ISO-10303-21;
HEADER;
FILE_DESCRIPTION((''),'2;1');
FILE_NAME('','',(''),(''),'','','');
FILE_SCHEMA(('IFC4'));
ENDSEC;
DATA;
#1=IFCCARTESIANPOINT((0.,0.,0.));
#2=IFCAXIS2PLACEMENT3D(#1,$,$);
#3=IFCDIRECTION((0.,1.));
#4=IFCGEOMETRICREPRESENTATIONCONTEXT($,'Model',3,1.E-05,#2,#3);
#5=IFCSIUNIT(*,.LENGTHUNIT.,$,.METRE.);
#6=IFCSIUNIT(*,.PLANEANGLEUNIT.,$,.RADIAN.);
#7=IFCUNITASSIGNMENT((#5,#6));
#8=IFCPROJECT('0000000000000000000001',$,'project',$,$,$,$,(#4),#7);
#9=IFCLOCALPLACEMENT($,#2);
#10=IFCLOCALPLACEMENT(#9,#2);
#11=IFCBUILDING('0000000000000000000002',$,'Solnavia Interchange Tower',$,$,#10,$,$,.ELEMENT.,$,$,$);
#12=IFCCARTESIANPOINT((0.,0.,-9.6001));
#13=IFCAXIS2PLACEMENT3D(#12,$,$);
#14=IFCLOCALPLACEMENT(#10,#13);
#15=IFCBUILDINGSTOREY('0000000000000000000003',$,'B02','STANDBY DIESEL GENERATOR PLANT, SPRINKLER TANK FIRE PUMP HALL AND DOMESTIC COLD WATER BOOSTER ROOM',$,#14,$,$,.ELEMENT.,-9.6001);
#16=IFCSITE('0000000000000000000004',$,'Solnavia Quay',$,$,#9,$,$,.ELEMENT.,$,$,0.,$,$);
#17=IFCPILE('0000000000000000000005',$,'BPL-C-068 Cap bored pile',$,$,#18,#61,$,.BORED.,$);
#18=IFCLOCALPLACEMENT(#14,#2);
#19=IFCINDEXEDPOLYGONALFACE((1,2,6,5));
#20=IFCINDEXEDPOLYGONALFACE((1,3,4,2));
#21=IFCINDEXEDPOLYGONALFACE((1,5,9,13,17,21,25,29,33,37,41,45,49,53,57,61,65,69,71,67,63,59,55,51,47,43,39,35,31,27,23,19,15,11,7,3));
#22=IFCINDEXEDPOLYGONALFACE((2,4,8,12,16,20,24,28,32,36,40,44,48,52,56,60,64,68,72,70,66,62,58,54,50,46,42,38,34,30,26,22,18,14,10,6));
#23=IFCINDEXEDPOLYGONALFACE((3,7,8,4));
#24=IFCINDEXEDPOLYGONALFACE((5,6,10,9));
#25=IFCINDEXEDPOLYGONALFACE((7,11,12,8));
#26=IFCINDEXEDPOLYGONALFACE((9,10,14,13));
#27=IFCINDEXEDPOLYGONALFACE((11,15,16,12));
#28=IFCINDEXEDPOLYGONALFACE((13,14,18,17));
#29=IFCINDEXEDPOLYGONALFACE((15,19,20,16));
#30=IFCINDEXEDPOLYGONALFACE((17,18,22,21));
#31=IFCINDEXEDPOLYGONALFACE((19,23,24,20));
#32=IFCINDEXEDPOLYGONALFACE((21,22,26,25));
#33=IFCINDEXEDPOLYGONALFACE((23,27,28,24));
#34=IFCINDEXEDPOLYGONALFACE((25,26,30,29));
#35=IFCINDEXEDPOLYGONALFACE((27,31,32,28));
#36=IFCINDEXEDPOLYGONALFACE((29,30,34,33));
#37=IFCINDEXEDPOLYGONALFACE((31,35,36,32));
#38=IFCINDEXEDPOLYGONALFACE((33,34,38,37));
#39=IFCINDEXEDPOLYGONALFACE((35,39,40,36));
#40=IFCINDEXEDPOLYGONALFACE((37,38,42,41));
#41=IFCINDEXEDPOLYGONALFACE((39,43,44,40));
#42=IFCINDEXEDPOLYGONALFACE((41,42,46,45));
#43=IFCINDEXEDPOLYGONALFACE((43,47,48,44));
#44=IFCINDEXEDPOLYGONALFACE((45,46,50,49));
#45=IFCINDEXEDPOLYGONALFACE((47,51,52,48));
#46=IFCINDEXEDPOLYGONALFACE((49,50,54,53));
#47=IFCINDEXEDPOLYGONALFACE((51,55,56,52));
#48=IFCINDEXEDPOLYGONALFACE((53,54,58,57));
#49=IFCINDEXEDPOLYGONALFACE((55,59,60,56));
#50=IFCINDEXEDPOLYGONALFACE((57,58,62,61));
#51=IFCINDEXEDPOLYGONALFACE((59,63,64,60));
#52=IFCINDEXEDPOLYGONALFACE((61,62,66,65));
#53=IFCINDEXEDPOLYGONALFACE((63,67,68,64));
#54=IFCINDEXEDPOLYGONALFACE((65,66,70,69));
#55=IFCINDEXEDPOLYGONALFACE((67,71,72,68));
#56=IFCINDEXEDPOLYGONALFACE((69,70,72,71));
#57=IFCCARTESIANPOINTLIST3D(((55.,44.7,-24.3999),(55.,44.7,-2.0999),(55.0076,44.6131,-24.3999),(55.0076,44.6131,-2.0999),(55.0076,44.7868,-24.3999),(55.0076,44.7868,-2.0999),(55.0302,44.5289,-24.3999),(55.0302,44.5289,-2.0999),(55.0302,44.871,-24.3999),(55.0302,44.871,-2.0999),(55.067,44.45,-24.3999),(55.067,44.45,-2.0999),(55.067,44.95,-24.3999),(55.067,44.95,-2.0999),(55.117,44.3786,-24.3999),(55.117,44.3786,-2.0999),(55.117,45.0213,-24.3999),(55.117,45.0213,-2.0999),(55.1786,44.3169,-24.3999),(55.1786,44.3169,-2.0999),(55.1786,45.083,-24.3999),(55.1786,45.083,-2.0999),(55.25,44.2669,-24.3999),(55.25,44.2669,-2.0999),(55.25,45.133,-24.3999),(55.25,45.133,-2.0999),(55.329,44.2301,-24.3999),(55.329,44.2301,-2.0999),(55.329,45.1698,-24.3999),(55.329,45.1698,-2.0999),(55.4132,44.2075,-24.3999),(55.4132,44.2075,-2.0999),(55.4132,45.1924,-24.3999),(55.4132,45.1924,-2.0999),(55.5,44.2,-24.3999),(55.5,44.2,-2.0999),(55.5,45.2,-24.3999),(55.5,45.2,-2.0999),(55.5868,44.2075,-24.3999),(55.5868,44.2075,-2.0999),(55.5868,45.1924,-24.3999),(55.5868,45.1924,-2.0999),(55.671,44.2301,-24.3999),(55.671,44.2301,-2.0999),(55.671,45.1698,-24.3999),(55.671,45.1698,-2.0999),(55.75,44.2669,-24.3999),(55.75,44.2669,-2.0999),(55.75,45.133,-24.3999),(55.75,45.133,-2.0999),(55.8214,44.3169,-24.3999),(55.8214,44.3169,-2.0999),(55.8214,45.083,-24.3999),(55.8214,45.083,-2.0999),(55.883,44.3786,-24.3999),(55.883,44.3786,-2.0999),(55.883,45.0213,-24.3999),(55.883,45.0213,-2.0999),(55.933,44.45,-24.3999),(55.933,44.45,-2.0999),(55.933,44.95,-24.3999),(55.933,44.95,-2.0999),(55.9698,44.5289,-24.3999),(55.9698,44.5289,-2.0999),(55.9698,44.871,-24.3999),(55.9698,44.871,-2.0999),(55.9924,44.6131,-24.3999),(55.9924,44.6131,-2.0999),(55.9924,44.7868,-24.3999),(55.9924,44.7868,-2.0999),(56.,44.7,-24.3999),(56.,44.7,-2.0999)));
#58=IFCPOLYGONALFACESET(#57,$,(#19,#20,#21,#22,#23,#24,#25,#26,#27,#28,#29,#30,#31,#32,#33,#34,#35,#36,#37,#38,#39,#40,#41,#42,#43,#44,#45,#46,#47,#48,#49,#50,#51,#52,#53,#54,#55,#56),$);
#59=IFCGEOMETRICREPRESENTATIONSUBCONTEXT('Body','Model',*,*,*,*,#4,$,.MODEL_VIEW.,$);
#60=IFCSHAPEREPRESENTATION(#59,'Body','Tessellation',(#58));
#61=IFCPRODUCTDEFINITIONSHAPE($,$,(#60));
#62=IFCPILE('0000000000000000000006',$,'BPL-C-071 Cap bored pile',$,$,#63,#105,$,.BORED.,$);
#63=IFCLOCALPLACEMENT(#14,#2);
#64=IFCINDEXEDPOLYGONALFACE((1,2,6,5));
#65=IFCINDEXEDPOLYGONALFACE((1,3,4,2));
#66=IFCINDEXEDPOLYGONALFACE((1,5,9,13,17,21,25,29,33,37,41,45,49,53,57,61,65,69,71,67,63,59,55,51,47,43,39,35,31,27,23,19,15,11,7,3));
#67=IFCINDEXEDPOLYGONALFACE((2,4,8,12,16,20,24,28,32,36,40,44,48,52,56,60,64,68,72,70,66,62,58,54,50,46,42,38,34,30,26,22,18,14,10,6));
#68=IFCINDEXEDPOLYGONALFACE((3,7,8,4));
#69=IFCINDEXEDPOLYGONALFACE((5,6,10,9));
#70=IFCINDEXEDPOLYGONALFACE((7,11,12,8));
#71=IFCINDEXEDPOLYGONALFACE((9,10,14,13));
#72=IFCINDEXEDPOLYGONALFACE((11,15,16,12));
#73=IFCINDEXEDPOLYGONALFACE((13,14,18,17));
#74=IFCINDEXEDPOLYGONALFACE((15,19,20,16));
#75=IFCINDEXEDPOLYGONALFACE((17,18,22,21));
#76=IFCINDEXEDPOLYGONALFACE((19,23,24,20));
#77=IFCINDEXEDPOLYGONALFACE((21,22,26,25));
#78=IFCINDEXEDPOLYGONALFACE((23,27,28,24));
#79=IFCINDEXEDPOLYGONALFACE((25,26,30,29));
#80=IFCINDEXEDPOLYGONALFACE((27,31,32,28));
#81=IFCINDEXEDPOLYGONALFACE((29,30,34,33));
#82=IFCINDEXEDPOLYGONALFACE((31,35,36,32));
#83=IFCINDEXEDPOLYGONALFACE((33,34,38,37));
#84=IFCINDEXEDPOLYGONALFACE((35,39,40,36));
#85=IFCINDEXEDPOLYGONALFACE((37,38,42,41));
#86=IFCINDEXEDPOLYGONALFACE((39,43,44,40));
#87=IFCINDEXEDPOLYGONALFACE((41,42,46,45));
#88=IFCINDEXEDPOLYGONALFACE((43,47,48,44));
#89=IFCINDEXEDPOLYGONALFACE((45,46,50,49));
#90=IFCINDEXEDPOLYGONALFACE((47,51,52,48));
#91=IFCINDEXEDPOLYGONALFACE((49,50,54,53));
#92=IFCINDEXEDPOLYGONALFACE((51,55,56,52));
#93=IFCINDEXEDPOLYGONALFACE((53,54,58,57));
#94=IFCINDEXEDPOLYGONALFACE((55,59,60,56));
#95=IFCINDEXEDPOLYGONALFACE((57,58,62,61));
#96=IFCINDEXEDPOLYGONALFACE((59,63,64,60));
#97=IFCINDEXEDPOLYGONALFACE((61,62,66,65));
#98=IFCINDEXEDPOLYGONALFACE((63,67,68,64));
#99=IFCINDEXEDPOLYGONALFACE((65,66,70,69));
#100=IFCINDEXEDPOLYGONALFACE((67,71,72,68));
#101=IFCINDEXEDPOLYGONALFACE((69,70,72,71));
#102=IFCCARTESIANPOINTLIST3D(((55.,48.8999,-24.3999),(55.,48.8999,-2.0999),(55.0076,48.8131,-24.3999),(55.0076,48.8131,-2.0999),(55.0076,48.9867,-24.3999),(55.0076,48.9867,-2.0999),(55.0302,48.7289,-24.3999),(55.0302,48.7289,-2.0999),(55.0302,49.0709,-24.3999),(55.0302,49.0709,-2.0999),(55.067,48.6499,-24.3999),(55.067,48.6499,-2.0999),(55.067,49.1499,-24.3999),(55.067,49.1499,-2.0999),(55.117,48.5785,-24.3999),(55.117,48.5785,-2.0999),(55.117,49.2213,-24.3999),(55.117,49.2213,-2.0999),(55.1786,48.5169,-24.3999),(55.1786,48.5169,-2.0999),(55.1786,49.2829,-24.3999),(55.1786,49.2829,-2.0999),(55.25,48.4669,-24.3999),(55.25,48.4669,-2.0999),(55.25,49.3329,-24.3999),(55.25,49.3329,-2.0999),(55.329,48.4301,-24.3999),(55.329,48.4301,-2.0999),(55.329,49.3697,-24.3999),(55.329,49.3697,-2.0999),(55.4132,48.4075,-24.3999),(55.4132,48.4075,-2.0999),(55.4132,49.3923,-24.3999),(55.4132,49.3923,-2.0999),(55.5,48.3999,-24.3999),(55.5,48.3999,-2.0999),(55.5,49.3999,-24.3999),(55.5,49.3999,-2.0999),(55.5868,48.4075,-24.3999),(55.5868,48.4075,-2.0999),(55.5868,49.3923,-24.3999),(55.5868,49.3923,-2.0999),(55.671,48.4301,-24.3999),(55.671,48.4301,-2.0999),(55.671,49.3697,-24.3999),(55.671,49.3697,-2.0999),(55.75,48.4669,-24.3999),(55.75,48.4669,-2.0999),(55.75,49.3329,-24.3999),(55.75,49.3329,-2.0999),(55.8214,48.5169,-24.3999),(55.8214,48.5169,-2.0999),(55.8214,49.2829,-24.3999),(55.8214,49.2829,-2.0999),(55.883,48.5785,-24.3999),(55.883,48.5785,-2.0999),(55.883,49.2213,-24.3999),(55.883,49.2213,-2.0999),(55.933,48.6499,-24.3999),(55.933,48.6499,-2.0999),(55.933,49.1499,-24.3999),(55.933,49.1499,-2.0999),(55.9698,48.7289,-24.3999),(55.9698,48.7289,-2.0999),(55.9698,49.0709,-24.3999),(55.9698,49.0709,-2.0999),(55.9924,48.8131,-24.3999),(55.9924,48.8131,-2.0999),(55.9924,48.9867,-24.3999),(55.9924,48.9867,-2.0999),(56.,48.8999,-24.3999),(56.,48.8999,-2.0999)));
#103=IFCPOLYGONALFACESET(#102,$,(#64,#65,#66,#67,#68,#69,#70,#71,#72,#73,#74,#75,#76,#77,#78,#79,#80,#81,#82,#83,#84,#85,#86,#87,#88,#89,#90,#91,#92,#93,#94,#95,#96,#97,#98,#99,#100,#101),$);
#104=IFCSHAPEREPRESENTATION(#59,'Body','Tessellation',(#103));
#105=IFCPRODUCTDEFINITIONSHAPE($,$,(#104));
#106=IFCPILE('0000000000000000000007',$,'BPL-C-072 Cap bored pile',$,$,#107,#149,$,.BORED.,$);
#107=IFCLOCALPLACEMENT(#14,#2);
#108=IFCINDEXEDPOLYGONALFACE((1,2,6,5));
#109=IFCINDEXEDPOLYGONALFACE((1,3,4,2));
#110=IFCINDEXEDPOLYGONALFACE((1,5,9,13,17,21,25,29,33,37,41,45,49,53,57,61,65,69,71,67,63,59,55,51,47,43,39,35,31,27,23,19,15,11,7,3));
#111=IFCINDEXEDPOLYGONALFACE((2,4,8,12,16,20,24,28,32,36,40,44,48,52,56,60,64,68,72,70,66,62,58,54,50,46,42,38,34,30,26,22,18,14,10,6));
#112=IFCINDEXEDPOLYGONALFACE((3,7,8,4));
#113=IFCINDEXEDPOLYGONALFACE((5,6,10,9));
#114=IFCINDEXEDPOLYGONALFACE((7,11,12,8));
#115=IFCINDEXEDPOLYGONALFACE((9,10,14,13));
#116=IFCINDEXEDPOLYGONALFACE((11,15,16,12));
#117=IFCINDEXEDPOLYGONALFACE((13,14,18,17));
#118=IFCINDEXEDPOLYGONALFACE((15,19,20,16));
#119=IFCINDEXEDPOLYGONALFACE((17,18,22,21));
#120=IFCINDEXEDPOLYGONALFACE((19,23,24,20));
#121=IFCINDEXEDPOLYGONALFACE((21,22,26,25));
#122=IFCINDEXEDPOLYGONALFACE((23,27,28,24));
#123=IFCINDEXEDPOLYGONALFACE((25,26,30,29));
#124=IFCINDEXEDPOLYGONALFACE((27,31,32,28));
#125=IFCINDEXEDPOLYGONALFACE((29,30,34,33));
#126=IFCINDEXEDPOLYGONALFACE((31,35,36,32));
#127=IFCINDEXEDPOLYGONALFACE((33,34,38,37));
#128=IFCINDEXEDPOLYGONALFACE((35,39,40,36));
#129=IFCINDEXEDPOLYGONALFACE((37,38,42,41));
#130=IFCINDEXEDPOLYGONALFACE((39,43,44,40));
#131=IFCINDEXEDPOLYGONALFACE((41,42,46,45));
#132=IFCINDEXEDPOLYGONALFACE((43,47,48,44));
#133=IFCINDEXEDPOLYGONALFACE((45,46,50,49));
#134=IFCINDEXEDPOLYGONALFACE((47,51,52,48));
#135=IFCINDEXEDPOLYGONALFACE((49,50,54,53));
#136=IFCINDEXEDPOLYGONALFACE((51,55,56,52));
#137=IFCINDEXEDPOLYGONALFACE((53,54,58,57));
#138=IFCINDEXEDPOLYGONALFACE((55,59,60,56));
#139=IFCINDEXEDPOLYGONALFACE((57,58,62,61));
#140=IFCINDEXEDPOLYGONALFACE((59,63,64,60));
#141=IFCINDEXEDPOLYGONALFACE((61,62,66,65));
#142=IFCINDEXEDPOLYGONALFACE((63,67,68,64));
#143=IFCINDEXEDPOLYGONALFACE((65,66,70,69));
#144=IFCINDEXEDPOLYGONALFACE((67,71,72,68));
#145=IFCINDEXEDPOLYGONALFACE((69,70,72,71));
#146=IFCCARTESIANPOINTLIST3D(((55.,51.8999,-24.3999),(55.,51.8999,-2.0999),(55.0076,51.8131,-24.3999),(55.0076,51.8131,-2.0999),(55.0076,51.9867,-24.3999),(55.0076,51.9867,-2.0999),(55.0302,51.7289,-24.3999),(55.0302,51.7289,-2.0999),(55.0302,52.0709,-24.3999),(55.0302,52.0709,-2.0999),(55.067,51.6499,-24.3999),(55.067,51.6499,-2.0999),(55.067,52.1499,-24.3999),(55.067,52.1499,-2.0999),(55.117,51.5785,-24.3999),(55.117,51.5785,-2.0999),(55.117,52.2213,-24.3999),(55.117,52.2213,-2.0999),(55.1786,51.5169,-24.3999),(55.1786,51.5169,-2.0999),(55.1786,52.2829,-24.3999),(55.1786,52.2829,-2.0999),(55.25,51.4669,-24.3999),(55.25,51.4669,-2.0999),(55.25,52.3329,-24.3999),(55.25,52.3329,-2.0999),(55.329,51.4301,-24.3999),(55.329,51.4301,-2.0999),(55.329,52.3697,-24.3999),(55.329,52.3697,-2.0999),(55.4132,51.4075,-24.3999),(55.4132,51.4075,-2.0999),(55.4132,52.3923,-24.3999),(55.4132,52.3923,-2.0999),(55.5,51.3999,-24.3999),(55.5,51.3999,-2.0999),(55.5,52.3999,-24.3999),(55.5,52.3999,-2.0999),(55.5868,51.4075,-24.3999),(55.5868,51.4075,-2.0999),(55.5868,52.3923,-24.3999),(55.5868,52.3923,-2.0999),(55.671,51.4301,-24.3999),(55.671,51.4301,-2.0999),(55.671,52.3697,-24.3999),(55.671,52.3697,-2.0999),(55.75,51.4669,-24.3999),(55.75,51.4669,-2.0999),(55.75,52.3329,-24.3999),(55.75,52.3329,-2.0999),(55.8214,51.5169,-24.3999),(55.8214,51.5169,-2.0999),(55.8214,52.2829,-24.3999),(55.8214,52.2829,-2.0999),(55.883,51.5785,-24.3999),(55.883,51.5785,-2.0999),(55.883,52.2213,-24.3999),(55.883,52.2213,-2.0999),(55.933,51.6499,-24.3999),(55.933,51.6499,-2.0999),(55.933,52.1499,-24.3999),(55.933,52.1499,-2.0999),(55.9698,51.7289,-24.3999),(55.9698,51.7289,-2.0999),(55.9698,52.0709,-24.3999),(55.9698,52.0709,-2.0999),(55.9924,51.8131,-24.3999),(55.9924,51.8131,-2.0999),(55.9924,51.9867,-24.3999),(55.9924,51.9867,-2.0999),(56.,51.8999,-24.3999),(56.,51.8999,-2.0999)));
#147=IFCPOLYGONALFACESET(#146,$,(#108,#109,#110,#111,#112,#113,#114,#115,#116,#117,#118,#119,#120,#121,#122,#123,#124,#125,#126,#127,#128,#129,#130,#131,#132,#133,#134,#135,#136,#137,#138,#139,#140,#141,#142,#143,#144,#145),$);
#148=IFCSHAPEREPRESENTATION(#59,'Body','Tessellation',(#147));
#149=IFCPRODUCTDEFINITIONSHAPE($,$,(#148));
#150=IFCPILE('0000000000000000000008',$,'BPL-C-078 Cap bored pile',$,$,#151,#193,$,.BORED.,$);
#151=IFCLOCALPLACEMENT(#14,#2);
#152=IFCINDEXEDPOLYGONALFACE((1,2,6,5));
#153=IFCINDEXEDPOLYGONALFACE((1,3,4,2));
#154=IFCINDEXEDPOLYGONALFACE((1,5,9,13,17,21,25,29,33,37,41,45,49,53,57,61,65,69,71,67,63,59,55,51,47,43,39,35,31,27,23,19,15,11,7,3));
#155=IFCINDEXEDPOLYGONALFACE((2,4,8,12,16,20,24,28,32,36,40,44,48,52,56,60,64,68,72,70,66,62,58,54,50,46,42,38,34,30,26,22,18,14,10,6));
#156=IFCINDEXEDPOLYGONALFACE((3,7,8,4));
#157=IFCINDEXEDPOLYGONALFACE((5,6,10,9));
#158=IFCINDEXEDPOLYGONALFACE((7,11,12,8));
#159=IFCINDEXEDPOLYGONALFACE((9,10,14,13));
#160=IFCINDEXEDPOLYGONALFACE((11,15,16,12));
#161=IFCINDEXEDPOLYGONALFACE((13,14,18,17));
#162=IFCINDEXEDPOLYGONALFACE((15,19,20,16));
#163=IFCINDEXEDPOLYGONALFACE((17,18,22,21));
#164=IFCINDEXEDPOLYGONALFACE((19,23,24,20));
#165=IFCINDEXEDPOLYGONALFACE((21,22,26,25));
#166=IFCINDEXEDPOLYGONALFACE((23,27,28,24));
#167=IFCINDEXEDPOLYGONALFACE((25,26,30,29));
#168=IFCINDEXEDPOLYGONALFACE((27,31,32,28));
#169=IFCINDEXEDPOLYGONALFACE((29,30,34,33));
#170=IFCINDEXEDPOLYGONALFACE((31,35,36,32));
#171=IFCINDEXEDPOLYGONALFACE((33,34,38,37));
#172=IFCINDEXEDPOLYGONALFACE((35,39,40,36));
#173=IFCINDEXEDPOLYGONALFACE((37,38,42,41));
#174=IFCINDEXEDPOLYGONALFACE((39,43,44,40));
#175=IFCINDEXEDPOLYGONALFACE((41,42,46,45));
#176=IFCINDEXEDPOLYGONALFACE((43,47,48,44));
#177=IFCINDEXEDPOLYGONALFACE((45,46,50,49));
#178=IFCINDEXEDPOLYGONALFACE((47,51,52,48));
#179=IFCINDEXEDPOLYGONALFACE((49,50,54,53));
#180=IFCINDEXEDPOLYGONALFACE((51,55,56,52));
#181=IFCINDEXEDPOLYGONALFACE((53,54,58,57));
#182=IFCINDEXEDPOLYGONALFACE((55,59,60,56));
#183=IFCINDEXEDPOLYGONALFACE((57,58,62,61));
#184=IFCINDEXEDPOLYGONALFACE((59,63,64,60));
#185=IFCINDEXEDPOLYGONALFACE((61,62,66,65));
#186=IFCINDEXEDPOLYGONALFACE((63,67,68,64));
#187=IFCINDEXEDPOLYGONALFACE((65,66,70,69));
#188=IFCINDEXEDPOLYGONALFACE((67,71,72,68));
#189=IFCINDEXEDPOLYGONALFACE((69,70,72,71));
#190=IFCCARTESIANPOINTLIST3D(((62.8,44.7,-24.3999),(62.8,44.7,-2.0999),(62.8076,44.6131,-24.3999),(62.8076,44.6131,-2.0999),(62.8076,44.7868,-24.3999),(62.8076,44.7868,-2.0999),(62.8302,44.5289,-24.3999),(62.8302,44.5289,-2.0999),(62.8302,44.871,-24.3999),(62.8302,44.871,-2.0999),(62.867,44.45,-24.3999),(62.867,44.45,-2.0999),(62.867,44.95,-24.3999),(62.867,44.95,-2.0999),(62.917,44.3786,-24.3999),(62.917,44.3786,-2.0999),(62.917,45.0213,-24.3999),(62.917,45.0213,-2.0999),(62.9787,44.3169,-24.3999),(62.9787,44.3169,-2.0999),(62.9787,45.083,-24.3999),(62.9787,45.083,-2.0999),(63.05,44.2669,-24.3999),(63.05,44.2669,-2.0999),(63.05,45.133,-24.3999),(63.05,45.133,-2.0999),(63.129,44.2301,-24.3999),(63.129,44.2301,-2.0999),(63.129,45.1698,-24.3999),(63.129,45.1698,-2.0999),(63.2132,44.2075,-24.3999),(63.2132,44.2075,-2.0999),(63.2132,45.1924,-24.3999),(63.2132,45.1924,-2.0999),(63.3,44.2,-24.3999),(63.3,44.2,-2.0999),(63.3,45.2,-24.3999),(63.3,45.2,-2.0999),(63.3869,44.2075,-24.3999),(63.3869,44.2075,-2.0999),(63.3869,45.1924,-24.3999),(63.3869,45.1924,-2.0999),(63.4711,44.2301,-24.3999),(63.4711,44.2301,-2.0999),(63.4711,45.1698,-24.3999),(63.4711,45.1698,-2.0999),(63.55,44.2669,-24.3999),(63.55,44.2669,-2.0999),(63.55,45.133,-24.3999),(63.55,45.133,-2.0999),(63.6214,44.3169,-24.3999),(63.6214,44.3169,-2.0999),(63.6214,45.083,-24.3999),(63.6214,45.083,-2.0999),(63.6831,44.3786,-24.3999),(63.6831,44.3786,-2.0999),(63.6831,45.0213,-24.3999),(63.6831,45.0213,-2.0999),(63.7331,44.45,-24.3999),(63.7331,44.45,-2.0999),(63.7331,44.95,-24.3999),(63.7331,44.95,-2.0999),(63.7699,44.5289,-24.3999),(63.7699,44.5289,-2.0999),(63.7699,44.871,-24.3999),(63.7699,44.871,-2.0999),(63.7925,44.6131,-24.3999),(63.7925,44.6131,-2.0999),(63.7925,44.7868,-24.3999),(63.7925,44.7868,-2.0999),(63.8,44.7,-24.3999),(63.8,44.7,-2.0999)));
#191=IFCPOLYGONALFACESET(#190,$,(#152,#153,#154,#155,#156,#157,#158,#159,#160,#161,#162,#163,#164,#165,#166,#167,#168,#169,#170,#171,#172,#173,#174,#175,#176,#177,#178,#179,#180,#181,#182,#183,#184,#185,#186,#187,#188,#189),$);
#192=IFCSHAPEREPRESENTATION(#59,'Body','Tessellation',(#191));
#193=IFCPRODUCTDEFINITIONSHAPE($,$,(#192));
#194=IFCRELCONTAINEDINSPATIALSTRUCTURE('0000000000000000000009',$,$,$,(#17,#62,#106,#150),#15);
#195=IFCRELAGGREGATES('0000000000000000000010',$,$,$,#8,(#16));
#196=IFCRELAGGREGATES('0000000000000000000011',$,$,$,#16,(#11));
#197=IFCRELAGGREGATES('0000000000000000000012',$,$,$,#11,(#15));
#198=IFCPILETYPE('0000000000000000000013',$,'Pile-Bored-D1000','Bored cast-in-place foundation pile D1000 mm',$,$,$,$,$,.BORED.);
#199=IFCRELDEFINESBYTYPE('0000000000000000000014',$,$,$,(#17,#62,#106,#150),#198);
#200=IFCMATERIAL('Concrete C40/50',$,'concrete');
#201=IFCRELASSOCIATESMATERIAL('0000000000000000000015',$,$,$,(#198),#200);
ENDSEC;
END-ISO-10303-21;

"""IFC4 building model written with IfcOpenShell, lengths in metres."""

from ifc_helpers import new_model, si_unit, direction, frame, origin, origin_2d, place, context, subcontext, project, spatial, circle, extrude, material, material_profile, profile_set, type_object, element, save


model = new_model("IFC4")

# Units and contexts
model_context = context("Model", 3, precision=1e-05, world=origin(), true_north=direction((0.0, 1.0)))
body_context = subcontext(model_context, "Body", "Model", "MODEL_VIEW")
ifc_project = project(units=[si_unit("LENGTHUNIT", "METRE"), si_unit("PLANEANGLEUNIT", "RADIAN")], contexts=[model_context])

# Site, building, storey
site_placement = place(None, origin())
site = spatial("IfcSite", under=ifc_project, at=site_placement, Name="Solnavia Quay", CompositionType="ELEMENT", RefElevation=0.0)
building_placement = place(site_placement, origin())
building = spatial("IfcBuilding", under=site, at=building_placement, Name="Solnavia Interchange Tower", CompositionType="ELEMENT")
storey_placement = place(building_placement, frame((0.0, 0.0, -9.6001)))
storey = spatial("IfcBuildingStorey", under=building, at=storey_placement, Name="B02", Description="STANDBY DIESEL GENERATOR PLANT, SPRINKLER TANK FIRE PUMP HALL AND DOMESTIC COLD WATER BOOSTER ROOM", CompositionType="ELEMENT", Elevation=-9.6001)

# Shared definitions
ifc_material_1 = material(Name="Concrete C40/50", Category="concrete")

# Piles
ifc_material_profile_1 = material_profile(ifc_material_1, circle(Radius=0.5, at=origin_2d()), Name="PILE D1000")
ifc_profile_set_1 = profile_set([ifc_material_profile_1], Name="Concrete C40/50")
pile_type = type_object("IfcPileType", Name="Pile-Bored-D1000", Description="Bored cast-in-place foundation pile D1000 mm", PredefinedType="BORED", material=ifc_profile_set_1)
for number, where, z_axis, x_axis, name in (
    (1, (55.5, 44.7, -2.0999), (0.0, 0.0, -1.0), (1.0, 0.0, 0.0), "BPL-C-068 Cap bored pile"),
    (2, (55.5, 48.8999, -2.0999), (0.0, 0.0, -1.0), (1.0, 0.0, 0.0), "BPL-C-071 Cap bored pile"),
    (3, (55.5, 51.8999, -2.0999), (0.0, 0.0, -1.0), (1.0, 0.0, 0.0), "BPL-C-072 Cap bored pile"),
    (4, (63.3, 44.7, -2.0999), (0.0, 0.0, -1.0), (1.0, 0.0, 0.0), "BPL-C-078 Cap bored pile"),
):
    element("IfcPile", number, at=place(storey_placement, frame(where, z_axis=z_axis, x_axis=x_axis)), inside=storey, type_object=pile_type, Name=name, PredefinedType="BORED", context=body_context, shape_type="SweptSolid", body=[
        extrude(circle(Radius=0.5, at=origin_2d()), origin(), (0.0, 0.0, 1.0), 22.3),
    ])

save(model, "model.ifc")
